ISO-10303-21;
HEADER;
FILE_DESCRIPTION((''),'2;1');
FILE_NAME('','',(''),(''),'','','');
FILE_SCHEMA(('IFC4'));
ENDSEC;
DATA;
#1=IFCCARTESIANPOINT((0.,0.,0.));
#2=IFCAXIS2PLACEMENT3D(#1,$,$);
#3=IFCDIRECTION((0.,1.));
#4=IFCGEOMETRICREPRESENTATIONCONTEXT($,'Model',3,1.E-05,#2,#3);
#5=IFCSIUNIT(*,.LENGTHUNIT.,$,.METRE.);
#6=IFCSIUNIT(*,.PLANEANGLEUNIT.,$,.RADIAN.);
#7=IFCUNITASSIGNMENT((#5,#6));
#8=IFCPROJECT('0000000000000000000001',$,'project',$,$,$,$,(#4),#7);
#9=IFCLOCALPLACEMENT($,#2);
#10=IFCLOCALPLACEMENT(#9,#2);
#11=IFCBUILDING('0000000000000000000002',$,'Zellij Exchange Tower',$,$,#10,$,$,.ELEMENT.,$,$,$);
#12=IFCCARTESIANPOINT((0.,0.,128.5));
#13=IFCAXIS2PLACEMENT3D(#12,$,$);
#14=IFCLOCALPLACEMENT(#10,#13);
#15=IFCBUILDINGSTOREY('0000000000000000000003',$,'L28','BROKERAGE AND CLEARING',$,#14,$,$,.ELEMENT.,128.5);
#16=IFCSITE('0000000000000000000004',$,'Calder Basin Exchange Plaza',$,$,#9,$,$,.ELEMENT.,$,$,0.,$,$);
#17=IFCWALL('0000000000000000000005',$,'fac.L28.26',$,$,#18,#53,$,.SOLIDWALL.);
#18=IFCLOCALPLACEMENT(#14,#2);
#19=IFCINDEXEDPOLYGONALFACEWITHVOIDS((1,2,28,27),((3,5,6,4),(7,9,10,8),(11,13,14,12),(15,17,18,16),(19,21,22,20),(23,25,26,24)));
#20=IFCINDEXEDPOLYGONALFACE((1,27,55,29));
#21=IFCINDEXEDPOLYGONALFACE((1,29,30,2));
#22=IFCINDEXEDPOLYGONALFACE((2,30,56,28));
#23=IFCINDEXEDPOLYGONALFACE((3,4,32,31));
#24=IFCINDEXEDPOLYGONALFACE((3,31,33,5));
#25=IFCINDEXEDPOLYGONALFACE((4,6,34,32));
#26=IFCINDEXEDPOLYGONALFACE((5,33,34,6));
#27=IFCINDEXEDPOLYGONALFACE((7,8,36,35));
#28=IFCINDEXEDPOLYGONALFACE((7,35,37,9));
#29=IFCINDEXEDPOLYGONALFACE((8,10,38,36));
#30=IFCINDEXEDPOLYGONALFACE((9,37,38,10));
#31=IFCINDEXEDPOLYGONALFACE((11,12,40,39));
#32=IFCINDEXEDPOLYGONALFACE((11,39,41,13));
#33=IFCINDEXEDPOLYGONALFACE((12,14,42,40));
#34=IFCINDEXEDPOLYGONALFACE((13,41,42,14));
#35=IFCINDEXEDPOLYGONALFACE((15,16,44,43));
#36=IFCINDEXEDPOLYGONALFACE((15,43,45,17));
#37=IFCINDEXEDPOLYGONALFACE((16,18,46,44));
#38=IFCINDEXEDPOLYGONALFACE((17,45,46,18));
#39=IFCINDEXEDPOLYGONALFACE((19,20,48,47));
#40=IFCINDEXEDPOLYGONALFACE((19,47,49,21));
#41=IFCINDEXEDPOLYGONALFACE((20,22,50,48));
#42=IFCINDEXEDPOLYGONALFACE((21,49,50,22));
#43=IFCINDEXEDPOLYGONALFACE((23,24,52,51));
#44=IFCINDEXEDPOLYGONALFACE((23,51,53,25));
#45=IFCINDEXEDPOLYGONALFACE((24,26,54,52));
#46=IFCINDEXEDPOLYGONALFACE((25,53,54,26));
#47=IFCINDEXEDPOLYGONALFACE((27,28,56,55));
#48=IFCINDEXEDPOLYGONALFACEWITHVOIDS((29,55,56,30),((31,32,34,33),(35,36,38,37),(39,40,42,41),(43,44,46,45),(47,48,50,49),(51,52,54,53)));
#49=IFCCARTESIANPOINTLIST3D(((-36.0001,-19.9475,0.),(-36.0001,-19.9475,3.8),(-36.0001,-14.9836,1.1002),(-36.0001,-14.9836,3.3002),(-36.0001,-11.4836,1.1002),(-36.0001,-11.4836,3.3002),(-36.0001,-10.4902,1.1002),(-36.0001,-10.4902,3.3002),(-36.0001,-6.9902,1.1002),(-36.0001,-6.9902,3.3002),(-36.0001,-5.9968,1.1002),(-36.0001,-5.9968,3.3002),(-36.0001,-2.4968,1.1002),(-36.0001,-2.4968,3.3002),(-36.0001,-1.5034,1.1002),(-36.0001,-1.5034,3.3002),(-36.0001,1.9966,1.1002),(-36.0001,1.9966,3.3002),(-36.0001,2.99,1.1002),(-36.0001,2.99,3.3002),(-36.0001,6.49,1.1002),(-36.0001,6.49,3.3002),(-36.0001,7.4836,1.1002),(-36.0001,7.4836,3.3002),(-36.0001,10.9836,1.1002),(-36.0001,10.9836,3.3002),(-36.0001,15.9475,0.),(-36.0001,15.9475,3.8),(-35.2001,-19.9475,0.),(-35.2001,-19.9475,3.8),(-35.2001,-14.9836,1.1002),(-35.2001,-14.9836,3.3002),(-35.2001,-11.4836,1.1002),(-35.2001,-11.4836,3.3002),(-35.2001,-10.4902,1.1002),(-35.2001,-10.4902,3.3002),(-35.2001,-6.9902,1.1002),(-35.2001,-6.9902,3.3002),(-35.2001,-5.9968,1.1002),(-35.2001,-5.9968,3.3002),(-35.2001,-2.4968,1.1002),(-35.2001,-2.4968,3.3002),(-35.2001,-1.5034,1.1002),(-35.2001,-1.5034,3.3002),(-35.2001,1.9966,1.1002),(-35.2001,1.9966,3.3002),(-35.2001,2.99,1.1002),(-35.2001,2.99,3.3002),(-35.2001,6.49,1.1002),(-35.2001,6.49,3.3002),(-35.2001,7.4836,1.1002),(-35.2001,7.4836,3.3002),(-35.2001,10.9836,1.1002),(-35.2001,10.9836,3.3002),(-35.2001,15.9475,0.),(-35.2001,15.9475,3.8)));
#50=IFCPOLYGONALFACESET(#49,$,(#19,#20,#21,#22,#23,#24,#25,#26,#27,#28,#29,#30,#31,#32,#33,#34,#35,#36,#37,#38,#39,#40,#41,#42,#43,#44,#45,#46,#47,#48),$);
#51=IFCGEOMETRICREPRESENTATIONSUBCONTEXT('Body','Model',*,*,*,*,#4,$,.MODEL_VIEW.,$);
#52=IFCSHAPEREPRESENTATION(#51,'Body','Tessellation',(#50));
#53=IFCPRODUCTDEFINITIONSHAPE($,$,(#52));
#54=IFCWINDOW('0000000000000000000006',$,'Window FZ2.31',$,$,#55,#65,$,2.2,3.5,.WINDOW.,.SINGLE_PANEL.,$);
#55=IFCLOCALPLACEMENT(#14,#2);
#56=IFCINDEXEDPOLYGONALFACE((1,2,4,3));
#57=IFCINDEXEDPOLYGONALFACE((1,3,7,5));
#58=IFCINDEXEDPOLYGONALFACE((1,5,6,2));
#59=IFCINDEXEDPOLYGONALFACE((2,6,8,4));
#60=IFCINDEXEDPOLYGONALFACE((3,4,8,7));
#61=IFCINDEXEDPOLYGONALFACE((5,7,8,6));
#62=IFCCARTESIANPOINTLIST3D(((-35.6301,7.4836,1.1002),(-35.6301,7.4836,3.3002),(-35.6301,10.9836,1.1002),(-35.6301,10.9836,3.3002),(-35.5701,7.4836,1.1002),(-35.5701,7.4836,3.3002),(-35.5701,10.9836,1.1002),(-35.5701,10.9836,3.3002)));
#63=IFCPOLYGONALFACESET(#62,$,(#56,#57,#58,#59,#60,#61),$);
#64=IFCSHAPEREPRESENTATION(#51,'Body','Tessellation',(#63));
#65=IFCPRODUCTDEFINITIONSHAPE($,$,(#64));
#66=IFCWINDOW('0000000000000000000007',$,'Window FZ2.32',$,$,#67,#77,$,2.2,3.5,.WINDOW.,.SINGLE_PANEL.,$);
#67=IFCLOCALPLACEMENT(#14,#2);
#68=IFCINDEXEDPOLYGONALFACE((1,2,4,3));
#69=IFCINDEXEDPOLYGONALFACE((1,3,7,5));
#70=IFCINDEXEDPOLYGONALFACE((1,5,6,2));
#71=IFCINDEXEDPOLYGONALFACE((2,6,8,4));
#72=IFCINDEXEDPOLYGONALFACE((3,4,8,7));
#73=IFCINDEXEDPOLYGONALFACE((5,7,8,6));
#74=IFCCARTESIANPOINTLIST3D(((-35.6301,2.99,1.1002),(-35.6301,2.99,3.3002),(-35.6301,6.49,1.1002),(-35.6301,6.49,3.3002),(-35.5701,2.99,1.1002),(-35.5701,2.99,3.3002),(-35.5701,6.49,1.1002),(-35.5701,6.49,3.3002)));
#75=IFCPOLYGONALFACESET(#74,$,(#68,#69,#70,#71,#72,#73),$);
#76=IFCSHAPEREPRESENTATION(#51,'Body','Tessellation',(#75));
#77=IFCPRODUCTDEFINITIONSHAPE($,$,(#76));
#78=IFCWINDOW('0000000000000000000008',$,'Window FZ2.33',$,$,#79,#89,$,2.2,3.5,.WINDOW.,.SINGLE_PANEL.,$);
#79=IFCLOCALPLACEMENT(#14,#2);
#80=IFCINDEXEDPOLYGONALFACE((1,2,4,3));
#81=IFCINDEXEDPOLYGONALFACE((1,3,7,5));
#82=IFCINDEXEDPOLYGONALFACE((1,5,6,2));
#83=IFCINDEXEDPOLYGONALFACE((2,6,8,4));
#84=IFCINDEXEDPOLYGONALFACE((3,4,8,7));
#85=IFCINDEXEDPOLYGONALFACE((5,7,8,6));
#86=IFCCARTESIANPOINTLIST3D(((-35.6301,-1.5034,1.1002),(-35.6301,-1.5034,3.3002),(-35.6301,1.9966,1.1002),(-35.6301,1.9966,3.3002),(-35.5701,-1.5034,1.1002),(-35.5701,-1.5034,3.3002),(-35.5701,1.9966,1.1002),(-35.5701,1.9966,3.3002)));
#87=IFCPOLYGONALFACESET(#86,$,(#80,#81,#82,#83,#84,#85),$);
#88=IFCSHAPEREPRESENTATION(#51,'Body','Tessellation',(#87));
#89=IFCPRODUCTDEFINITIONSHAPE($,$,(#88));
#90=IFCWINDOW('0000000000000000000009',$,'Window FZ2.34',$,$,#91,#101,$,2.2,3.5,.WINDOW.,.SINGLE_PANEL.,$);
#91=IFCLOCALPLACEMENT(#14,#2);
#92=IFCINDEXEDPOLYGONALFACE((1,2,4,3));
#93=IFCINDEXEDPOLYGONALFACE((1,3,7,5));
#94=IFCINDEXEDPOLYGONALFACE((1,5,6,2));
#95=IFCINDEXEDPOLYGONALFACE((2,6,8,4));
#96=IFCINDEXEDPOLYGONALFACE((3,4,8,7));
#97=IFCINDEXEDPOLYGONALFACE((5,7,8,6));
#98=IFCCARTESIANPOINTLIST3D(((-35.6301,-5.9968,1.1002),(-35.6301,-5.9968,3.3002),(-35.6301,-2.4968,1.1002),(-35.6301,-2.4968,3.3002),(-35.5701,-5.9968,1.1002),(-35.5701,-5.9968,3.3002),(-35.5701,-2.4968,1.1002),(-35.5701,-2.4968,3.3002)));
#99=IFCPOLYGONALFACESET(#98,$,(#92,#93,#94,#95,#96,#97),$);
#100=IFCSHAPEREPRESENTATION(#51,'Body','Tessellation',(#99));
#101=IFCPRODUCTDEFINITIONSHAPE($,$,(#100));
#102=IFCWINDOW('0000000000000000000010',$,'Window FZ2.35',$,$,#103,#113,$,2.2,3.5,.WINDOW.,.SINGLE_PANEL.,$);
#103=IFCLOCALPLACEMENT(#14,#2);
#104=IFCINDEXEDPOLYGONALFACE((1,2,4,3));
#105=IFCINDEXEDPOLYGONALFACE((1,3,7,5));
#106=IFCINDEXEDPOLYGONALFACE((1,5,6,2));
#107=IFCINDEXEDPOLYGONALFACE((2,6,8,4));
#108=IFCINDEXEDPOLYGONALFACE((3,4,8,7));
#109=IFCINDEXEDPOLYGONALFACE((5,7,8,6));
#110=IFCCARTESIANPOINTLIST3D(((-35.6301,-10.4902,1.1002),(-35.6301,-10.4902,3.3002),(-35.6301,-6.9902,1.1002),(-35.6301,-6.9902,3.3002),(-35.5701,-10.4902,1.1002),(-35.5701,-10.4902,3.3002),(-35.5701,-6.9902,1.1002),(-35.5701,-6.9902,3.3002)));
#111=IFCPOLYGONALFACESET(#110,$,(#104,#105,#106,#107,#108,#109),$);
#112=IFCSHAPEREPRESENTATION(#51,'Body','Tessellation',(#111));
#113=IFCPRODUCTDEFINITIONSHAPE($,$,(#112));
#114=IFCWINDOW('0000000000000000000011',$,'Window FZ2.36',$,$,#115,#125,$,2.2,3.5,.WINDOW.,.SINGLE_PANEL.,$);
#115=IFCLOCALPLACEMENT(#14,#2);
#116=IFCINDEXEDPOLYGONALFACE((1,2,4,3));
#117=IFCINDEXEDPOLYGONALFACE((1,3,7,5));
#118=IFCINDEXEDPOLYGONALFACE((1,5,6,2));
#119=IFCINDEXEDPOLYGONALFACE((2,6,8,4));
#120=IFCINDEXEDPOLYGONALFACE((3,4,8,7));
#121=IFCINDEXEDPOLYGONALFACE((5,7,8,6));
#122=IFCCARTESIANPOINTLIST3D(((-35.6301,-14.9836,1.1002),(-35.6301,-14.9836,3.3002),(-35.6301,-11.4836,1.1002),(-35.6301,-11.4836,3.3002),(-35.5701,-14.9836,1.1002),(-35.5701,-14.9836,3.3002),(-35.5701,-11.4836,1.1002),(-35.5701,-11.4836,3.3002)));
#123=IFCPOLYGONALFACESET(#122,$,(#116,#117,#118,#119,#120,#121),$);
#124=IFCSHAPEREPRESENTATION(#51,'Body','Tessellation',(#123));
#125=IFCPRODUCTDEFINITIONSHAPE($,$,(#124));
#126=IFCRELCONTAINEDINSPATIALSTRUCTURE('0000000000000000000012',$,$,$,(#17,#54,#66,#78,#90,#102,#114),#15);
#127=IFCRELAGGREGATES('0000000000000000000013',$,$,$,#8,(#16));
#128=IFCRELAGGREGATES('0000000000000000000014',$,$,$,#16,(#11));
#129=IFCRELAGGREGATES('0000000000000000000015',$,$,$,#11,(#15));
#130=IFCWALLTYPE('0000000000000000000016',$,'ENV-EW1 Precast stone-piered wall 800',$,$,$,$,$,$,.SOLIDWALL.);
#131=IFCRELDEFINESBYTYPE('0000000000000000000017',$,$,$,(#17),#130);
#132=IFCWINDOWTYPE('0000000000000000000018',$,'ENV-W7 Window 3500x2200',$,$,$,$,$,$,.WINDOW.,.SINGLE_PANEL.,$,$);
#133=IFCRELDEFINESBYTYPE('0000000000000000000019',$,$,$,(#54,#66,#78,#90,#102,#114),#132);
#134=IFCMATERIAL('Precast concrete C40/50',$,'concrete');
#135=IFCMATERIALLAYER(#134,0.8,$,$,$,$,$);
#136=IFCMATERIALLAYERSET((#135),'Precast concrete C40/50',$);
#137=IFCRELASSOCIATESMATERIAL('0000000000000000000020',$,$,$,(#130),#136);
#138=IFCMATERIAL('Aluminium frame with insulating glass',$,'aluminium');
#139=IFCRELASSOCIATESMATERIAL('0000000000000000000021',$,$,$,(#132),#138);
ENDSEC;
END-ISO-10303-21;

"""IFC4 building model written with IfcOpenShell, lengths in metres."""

from ifc_helpers import new_model, si_unit, direction, frame, frame_2d, origin, place, context, subcontext, project, spatial, rectangle, extrude, material, layer, layer_set, type_object, element, fill, save


model = new_model("IFC4")

# Units and contexts
model_context = context("Model", 3, precision=1e-05, world=origin(), true_north=direction((0.0, 1.0)))
body_context = subcontext(model_context, "Body", "Model", "MODEL_VIEW")
ifc_project = project(units=[si_unit("LENGTHUNIT", "METRE"), si_unit("PLANEANGLEUNIT", "RADIAN")], contexts=[model_context])

# Site, building, storey
site_placement = place(None, origin())
site = spatial("IfcSite", under=ifc_project, at=site_placement, Name="Calder Basin Exchange Plaza", CompositionType="ELEMENT", RefElevation=0.0)
building_placement = place(site_placement, origin())
building = spatial("IfcBuilding", under=site, at=building_placement, Name="Zellij Exchange Tower", CompositionType="ELEMENT")
storey_placement = place(building_placement, frame((0.0, 0.0, 128.5)))
storey = spatial("IfcBuildingStorey", under=building, at=storey_placement, Name="L28", Description="BROKERAGE AND CLEARING", CompositionType="ELEMENT", Elevation=128.5)

# Shared definitions
ifc_material_1 = material(Name="Precast concrete C40/50", Category="concrete")
ifc_layer_1 = layer(ifc_material_1, 0.8)
ifc_layer_set_1 = layer_set([ifc_layer_1], Name="Precast concrete C40/50")
wall_type_1 = type_object("IfcWallType", Name="ENV-EW1 Precast stone-piered wall 800", PredefinedType="SOLIDWALL", material=ifc_layer_set_1)

# Wall, openings, windows
wall_1_placement = place(storey_placement, frame((-35.6001, 15.9475, 0.0), z_axis=(0.0, 0.0, 1.0), x_axis=(0.0, -1.0, 0.0)))
wall_1 = element("IfcWall", 1, at=wall_1_placement, inside=storey, type_object=wall_type_1, Name="fac.L28.26", PredefinedType="SOLIDWALL", context=body_context, shape_type="SweptSolid", body=[
    extrude(rectangle(XDim=35.895, YDim=0.8, at=frame_2d((17.9475, 0.0))), origin(), (0.0, 0.0, 1.0), 3.8),
])
opening_1_placement = place(wall_1_placement, frame((4.9639, 0.0, 1.1001)))
opening_1 = element("IfcOpeningElement", 2, at=opening_1_placement, cuts=wall_1, PredefinedType="OPENING", context=body_context, shape_type="SweptSolid", body=[
    extrude(rectangle(XDim=3.5, YDim=2.2, at=frame_2d((1.75, 1.1001))), frame((0.0, 0.4121, 0.0), z_axis=(0.0, -1.0, 0.0), x_axis=(1.0, 0.0, 0.0)), (0.0, 0.0, 1.0), 0.824),
])
opening_2_placement = place(wall_1_placement, frame((9.4575, 0.0, 1.1001)))
opening_2 = element("IfcOpeningElement", 3, at=opening_2_placement, cuts=wall_1, PredefinedType="OPENING", context=body_context, shape_type="SweptSolid", body=[
    extrude(rectangle(XDim=3.5, YDim=2.2, at=frame_2d((1.75, 1.1001))), frame((0.0, 0.4121, 0.0), z_axis=(0.0, -1.0, 0.0), x_axis=(1.0, 0.0, 0.0)), (0.0, 0.0, 1.0), 0.824),
])
opening_3_placement = place(wall_1_placement, frame((13.9509, 0.0, 1.1001)))
opening_3 = element("IfcOpeningElement", 4, at=opening_3_placement, cuts=wall_1, PredefinedType="OPENING", context=body_context, shape_type="SweptSolid", body=[
    extrude(rectangle(XDim=3.5, YDim=2.2, at=frame_2d((1.75, 1.1001))), frame((0.0, 0.4121, 0.0), z_axis=(0.0, -1.0, 0.0), x_axis=(1.0, 0.0, 0.0)), (0.0, 0.0, 1.0), 0.824),
])
opening_4_placement = place(wall_1_placement, frame((18.4443, 0.0, 1.1001)))
opening_4 = element("IfcOpeningElement", 5, at=opening_4_placement, cuts=wall_1, PredefinedType="OPENING", context=body_context, shape_type="SweptSolid", body=[
    extrude(rectangle(XDim=3.5, YDim=2.2, at=frame_2d((1.75, 1.1001))), frame((0.0, 0.4121, 0.0), z_axis=(0.0, -1.0, 0.0), x_axis=(1.0, 0.0, 0.0)), (0.0, 0.0, 1.0), 0.824),
])
opening_5_placement = place(wall_1_placement, frame((22.9377, 0.0, 1.1001)))
opening_5 = element("IfcOpeningElement", 6, at=opening_5_placement, cuts=wall_1, PredefinedType="OPENING", context=body_context, shape_type="SweptSolid", body=[
    extrude(rectangle(XDim=3.5, YDim=2.2, at=frame_2d((1.75, 1.1001))), frame((0.0, 0.4121, 0.0), z_axis=(0.0, -1.0, 0.0), x_axis=(1.0, 0.0, 0.0)), (0.0, 0.0, 1.0), 0.824),
])
opening_6_placement = place(wall_1_placement, frame((27.4312, 0.0, 1.1001)))
opening_6 = element("IfcOpeningElement", 7, at=opening_6_placement, cuts=wall_1, PredefinedType="OPENING", context=body_context, shape_type="SweptSolid", body=[
    extrude(rectangle(XDim=3.5, YDim=2.2, at=frame_2d((1.75, 1.1001))), frame((0.0, 0.4121, 0.0), z_axis=(0.0, -1.0, 0.0), x_axis=(1.0, 0.0, 0.0)), (0.0, 0.0, 1.0), 0.824),
])
ifc_material_2 = material(Name="Aluminium frame with insulating glass", Category="aluminium")
window_type = type_object("IfcWindowType", Name="ENV-W7 Window 3500x2200", PartitioningType="SINGLE_PANEL", PredefinedType="WINDOW", material=ifc_material_2)
window_1_placement = place(opening_1_placement, origin())
window_1 = element("IfcWindow", 8, at=window_1_placement, inside=storey, type_object=window_type, Name="Window FZ2.31", OverallHeight=2.2, OverallWidth=3.5, PartitioningType="SINGLE_PANEL", PredefinedType="WINDOW", context=body_context, shape_type="SweptSolid", body=[
    extrude(rectangle(XDim=3.5, YDim=2.2, at=frame_2d((1.75, 1.1001))), frame((0.0, 0.03, 0.0), z_axis=(0.0, -1.0, 0.0), x_axis=(1.0, 0.0, 0.0)), (0.0, 0.0, 1.0), 0.0601),
])
fill(opening_1, window_1)
window_2_placement = place(opening_2_placement, origin())
window_2 = element("IfcWindow", 9, at=window_2_placement, inside=storey, type_object=window_type, Name="Window FZ2.32", OverallHeight=2.2, OverallWidth=3.5, PartitioningType="SINGLE_PANEL", PredefinedType="WINDOW", context=body_context, shape_type="SweptSolid", body=[
    extrude(rectangle(XDim=3.5, YDim=2.2, at=frame_2d((1.75, 1.1001))), frame((0.0, 0.03, 0.0), z_axis=(0.0, -1.0, 0.0), x_axis=(1.0, 0.0, 0.0)), (0.0, 0.0, 1.0), 0.0601),
])
fill(opening_2, window_2)
window_3_placement = place(opening_3_placement, origin())
window_3 = element("IfcWindow", 10, at=window_3_placement, inside=storey, type_object=window_type, Name="Window FZ2.33", OverallHeight=2.2, OverallWidth=3.5, PartitioningType="SINGLE_PANEL", PredefinedType="WINDOW", context=body_context, shape_type="SweptSolid", body=[
    extrude(rectangle(XDim=3.5, YDim=2.2, at=frame_2d((1.75, 1.1001))), frame((0.0, 0.03, 0.0), z_axis=(0.0, -1.0, 0.0), x_axis=(1.0, 0.0, 0.0)), (0.0, 0.0, 1.0), 0.0601),
])
fill(opening_3, window_3)
window_4_placement = place(opening_4_placement, origin())
window_4 = element("IfcWindow", 11, at=window_4_placement, inside=storey, type_object=window_type, Name="Window FZ2.34", OverallHeight=2.2, OverallWidth=3.5, PartitioningType="SINGLE_PANEL", PredefinedType="WINDOW", context=body_context, shape_type="SweptSolid", body=[
    extrude(rectangle(XDim=3.5, YDim=2.2, at=frame_2d((1.75, 1.1001))), frame((0.0, 0.03, 0.0), z_axis=(0.0, -1.0, 0.0), x_axis=(1.0, 0.0, 0.0)), (0.0, 0.0, 1.0), 0.0601),
])
fill(opening_4, window_4)
window_5_placement = place(opening_5_placement, origin())
window_5 = element("IfcWindow", 12, at=window_5_placement, inside=storey, type_object=window_type, Name="Window FZ2.35", OverallHeight=2.2, OverallWidth=3.5, PartitioningType="SINGLE_PANEL", PredefinedType="WINDOW", context=body_context, shape_type="SweptSolid", body=[
    extrude(rectangle(XDim=3.5, YDim=2.2, at=frame_2d((1.75, 1.1001))), frame((0.0, 0.03, 0.0), z_axis=(0.0, -1.0, 0.0), x_axis=(1.0, 0.0, 0.0)), (0.0, 0.0, 1.0), 0.0601),
])
fill(opening_5, window_5)
window_6_placement = place(opening_6_placement, origin())
window_6 = element("IfcWindow", 13, at=window_6_placement, inside=storey, type_object=window_type, Name="Window FZ2.36", OverallHeight=2.2, OverallWidth=3.5, PartitioningType="SINGLE_PANEL", PredefinedType="WINDOW", context=body_context, shape_type="SweptSolid", body=[
    extrude(rectangle(XDim=3.5, YDim=2.2, at=frame_2d((1.75, 1.1001))), frame((0.0, 0.03, 0.0), z_axis=(0.0, -1.0, 0.0), x_axis=(1.0, 0.0, 0.0)), (0.0, 0.0, 1.0), 0.0601),
])
fill(opening_6, window_6)

save(model, "model.ifc")
